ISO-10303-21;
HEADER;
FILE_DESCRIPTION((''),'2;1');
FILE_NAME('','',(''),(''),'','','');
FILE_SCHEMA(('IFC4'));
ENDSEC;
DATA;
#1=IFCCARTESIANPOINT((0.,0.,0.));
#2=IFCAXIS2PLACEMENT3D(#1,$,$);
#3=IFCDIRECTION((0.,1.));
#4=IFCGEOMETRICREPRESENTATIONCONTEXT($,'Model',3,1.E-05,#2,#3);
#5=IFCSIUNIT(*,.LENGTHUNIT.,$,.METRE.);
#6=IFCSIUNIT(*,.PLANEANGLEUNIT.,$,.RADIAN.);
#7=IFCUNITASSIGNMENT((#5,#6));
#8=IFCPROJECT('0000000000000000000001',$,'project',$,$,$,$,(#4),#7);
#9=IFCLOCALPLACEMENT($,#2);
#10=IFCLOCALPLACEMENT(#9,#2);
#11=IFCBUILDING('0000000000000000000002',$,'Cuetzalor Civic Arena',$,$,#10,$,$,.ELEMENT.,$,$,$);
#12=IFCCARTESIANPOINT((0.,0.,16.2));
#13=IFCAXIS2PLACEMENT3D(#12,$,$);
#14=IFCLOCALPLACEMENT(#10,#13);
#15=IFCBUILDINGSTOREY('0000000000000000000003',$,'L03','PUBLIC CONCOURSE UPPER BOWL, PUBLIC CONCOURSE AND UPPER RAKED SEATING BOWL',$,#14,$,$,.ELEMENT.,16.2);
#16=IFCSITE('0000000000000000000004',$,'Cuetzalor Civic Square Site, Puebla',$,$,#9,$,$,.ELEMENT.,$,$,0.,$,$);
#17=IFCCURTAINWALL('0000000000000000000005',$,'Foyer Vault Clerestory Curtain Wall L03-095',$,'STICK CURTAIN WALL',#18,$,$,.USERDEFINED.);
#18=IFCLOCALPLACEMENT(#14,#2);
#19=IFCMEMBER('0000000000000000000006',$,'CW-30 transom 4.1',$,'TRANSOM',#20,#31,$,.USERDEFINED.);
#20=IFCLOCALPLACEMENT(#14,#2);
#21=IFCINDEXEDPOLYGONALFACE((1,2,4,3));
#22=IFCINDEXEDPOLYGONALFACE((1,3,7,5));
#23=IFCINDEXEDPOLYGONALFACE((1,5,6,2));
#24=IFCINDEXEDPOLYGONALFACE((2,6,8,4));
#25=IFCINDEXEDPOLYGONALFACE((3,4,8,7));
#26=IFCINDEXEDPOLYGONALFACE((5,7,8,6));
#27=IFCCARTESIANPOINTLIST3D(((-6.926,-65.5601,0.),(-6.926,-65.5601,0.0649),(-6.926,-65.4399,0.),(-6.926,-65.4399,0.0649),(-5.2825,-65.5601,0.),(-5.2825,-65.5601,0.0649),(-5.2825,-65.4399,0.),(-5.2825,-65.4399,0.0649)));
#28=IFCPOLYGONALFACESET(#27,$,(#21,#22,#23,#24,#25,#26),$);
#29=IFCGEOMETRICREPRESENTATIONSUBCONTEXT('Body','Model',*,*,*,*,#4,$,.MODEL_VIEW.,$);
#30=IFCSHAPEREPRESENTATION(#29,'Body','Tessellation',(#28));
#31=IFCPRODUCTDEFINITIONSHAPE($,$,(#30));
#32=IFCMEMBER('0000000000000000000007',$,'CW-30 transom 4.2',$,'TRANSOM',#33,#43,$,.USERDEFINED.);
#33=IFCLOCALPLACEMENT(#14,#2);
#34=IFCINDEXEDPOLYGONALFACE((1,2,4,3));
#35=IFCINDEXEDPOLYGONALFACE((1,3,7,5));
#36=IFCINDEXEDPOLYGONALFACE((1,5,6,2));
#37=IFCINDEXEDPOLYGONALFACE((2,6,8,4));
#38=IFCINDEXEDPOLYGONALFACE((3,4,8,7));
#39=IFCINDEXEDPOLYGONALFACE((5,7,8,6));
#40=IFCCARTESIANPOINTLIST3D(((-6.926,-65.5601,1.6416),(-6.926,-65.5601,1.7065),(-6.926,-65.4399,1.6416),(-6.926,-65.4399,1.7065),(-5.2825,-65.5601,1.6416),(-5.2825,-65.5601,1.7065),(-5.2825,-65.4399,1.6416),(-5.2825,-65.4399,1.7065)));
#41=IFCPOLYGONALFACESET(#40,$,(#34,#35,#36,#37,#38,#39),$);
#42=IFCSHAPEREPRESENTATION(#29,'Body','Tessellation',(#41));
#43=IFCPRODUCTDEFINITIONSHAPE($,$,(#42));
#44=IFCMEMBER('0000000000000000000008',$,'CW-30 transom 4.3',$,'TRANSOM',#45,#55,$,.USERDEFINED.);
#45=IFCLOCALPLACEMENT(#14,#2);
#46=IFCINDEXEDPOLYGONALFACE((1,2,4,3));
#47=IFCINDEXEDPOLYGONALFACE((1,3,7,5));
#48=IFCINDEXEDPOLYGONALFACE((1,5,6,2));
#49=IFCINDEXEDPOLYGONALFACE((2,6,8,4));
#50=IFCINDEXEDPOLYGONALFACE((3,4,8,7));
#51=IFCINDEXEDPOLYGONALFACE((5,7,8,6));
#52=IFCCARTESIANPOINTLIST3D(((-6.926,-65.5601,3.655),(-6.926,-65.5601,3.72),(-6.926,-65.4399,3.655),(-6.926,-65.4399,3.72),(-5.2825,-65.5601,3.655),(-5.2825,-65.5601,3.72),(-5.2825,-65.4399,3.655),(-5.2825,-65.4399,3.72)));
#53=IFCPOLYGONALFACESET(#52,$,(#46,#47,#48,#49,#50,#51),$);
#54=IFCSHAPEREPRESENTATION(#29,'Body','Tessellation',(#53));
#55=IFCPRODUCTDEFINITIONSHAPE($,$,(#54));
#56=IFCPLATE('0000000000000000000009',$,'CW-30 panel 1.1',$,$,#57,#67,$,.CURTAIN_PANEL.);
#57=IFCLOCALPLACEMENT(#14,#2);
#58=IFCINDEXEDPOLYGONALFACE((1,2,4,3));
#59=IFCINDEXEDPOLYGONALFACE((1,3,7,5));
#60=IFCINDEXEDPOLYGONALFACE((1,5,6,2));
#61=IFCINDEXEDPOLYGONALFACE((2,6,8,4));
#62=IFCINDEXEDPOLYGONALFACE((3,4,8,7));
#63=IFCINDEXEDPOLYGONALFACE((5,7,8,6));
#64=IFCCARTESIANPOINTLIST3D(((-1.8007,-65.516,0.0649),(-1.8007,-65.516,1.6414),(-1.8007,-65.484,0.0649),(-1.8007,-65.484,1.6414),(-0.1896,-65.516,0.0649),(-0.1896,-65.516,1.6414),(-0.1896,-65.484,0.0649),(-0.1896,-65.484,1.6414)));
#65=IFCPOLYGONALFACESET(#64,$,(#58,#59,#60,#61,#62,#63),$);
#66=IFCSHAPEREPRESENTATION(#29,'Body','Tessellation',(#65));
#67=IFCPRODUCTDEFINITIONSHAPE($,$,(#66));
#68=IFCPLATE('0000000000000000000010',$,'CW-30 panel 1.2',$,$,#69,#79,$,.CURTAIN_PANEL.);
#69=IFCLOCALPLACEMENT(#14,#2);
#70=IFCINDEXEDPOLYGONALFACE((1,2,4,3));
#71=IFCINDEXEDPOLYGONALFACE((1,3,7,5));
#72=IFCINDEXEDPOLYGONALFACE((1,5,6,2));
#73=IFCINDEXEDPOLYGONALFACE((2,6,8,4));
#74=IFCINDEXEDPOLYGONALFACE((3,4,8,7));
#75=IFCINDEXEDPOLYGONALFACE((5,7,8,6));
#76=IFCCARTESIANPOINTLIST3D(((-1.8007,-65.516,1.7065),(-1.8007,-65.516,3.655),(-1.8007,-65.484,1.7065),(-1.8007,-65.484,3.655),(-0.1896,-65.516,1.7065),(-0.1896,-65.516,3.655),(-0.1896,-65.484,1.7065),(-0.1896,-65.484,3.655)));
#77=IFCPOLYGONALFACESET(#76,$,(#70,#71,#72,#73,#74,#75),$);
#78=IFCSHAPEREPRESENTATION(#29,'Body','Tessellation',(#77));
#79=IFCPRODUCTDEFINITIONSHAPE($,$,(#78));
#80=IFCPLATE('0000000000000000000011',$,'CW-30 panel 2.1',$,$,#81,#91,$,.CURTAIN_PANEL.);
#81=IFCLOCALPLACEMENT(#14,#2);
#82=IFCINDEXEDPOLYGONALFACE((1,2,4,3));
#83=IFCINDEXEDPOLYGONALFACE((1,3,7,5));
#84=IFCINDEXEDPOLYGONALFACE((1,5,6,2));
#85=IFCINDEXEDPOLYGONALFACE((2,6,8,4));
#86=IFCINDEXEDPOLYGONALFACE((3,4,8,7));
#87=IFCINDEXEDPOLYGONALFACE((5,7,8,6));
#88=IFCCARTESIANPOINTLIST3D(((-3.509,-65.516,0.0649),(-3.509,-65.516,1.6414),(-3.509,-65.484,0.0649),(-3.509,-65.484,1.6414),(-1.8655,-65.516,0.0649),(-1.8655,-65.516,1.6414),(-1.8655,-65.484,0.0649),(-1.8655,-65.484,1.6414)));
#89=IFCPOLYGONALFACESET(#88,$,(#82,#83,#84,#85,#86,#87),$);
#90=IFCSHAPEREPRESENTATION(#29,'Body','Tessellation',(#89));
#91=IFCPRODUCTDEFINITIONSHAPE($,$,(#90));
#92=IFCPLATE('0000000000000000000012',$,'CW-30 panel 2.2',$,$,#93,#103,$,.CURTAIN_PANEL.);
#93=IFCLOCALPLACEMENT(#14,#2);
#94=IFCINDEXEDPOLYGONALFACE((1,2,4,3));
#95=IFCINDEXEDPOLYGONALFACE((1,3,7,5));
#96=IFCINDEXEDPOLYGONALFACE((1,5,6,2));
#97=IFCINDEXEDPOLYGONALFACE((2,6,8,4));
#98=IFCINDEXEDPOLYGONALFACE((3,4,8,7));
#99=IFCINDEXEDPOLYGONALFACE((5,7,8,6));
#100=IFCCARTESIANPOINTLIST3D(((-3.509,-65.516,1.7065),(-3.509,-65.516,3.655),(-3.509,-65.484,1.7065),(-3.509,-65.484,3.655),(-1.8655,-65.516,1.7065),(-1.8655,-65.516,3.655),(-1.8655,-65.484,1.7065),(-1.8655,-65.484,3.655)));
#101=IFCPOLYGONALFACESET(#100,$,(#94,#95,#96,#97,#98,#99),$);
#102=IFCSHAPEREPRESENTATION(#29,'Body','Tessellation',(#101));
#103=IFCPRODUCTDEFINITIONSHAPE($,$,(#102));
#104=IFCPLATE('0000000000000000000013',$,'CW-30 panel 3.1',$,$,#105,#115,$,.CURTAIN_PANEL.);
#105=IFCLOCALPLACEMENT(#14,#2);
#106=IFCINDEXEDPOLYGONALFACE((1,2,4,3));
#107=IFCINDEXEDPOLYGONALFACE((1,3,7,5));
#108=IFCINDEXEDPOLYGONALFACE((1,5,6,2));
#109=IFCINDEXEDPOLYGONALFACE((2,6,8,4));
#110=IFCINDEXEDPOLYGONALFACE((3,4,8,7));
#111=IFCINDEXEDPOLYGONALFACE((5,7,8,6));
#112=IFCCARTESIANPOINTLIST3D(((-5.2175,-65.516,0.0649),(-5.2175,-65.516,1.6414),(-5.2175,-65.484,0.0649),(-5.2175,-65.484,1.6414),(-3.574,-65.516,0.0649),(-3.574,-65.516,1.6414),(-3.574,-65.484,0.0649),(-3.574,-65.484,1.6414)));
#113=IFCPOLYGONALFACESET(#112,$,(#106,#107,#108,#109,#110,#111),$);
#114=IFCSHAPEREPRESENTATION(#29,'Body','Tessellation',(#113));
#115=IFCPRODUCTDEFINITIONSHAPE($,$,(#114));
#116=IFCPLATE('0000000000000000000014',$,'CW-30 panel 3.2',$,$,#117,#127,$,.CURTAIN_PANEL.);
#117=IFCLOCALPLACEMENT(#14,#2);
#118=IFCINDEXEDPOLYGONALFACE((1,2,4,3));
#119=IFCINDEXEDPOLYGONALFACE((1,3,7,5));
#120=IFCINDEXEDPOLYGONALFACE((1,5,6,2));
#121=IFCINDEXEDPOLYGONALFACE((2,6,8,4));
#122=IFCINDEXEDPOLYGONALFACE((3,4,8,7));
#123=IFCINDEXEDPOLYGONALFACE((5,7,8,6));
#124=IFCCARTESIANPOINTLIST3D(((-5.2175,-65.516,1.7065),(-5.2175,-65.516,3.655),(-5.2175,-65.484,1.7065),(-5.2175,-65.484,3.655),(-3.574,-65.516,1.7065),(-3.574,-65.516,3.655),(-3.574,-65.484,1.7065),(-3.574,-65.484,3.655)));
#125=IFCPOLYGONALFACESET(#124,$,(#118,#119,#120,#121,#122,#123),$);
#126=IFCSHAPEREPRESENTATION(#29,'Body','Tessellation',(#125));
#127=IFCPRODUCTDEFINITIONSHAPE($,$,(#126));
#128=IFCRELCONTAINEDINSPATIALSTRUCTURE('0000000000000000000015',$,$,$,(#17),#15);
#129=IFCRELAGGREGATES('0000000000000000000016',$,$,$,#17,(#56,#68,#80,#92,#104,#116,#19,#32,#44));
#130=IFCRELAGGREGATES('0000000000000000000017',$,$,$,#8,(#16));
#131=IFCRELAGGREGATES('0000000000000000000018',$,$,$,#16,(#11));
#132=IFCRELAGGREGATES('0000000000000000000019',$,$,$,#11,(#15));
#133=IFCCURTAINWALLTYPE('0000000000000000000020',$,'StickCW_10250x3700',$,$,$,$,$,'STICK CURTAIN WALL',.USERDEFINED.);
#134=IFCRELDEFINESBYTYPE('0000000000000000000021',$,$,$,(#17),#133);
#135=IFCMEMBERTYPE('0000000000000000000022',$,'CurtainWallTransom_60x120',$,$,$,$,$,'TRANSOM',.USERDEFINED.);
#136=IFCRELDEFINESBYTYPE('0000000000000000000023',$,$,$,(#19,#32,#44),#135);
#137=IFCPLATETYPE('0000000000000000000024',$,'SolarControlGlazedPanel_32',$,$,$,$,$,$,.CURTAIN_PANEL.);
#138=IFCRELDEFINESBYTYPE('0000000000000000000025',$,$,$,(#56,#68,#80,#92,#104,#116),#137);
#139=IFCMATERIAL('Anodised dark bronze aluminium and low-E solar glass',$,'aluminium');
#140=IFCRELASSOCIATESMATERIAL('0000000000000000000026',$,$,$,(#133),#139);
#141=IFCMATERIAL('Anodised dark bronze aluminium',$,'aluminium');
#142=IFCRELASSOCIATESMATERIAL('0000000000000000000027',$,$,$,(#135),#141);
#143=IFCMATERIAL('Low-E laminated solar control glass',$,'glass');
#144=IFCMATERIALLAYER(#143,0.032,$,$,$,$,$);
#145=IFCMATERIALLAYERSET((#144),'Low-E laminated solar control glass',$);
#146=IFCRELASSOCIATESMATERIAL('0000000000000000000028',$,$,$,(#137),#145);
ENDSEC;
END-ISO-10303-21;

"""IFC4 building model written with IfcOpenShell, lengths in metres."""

from ifc_helpers import new_model, si_unit, direction, frame, origin, origin_2d, place, context, subcontext, project, spatial, rectangle, extrude, material, layer, layer_set, material_profile, profile_set, type_object, element, aggregate, save


model = new_model("IFC4")

# Units and contexts
model_context = context("Model", 3, precision=1e-05, world=origin(), true_north=direction((0.0, 1.0)))
body_context = subcontext(model_context, "Body", "Model", "MODEL_VIEW")
ifc_project = project(units=[si_unit("LENGTHUNIT", "METRE"), si_unit("PLANEANGLEUNIT", "RADIAN")], contexts=[model_context])

# Site, building, storey
site_placement = place(None, origin())
site = spatial("IfcSite", under=ifc_project, at=site_placement, Name="Cuetzalor Civic Square Site, Puebla", CompositionType="ELEMENT", RefElevation=0.0)
building_placement = place(site_placement, origin())
building = spatial("IfcBuilding", under=site, at=building_placement, Name="Cuetzalor Civic Arena", CompositionType="ELEMENT")
storey_placement = place(building_placement, frame((0.0, 0.0, 16.2)))
storey = spatial("IfcBuildingStorey", under=building, at=storey_placement, Name="L03", Description="PUBLIC CONCOURSE UPPER BOWL, PUBLIC CONCOURSE AND UPPER RAKED SEATING BOWL", CompositionType="ELEMENT", Elevation=16.2)

# Curtain wall, members, plates
ifc_material_1 = material(Name="Anodised dark bronze aluminium and low-E solar glass", Category="aluminium")
curtain_wall_type = type_object("IfcCurtainWallType", Name="StickCW_10250x3700", ElementType="STICK CURTAIN WALL", PredefinedType="USERDEFINED", material=ifc_material_1)
curtain_wall_placement = place(storey_placement, origin())
curtain_wall = element("IfcCurtainWall", 1, at=curtain_wall_placement, inside=storey, type_object=curtain_wall_type, Name="Foyer Vault Clerestory Curtain Wall L03-095", ObjectType="STICK CURTAIN WALL", PredefinedType="USERDEFINED")
ifc_material_2 = material(Name="Anodised dark bronze aluminium", Category="aluminium")
ifc_material_profile_1 = material_profile(ifc_material_2, rectangle(XDim=0.1201, YDim=0.0649, at=origin_2d()), Name="ALU TRANSOM 65x120")
ifc_profile_set_1 = profile_set([ifc_material_profile_1], Name="Anodised dark bronze aluminium")
member_type_1 = type_object("IfcMemberType", Name="CurtainWallTransom_60x120", ElementType="TRANSOM", PredefinedType="USERDEFINED", material=ifc_profile_set_1)
member_1_placement = place(storey_placement, frame((-5.2825, -65.5, 0.0325), z_axis=(-1.0, 0.0, 0.0), x_axis=(0.0, -1.0, 0.0)))
member_1 = element("IfcMember", 2, at=member_1_placement, type_object=member_type_1, Name="CW-30 transom 4.1", ObjectType="TRANSOM", PredefinedType="USERDEFINED", context=body_context, shape_type="SweptSolid", body=[
    extrude(rectangle(XDim=0.1201, YDim=0.0649, at=origin_2d()), origin(), (0.0, 0.0, 1.0), 1.6436),
])
member_2_placement = place(storey_placement, frame((-5.2825, -65.5, 1.6741), z_axis=(-1.0, 0.0, 0.0), x_axis=(0.0, -1.0, 0.0)))
member_2 = element("IfcMember", 3, at=member_2_placement, type_object=member_type_1, Name="CW-30 transom 4.2", ObjectType="TRANSOM", PredefinedType="USERDEFINED", context=body_context, shape_type="SweptSolid", body=[
    extrude(rectangle(XDim=0.1201, YDim=0.0649, at=origin_2d()), origin(), (0.0, 0.0, 1.0), 1.6436),
])
member_3_placement = place(storey_placement, frame((-5.2825, -65.5, 3.6875), z_axis=(-1.0, 0.0, 0.0), x_axis=(0.0, -1.0, 0.0)))
member_3 = element("IfcMember", 4, at=member_3_placement, type_object=member_type_1, Name="CW-30 transom 4.3", ObjectType="TRANSOM", PredefinedType="USERDEFINED", context=body_context, shape_type="SweptSolid", body=[
    extrude(rectangle(XDim=0.1201, YDim=0.0649, at=origin_2d()), origin(), (0.0, 0.0, 1.0), 1.6436),
])
ifc_material_3 = material(Name="Low-E laminated solar control glass", Category="glass")
ifc_layer = layer(ifc_material_3, 0.032)
ifc_layer_set = layer_set([ifc_layer], Name="Low-E laminated solar control glass")
plate_type = type_object("IfcPlateType", Name="SolarControlGlazedPanel_32", PredefinedType="CURTAIN_PANEL", material=ifc_layer_set)
plate_1_placement = place(storey_placement, frame((-0.9951, -65.5, 0.0649), z_axis=(0.0, 0.0, 1.0), x_axis=(-1.0, 0.0, 0.0)))
plate_1 = element("IfcPlate", 5, at=plate_1_placement, type_object=plate_type, Name="CW-30 panel 1.1", PredefinedType="CURTAIN_PANEL", context=body_context, shape_type="SweptSolid", body=[
    extrude(rectangle(XDim=1.6111, YDim=0.032, at=origin_2d()), origin(), (0.0, 0.0, 1.0), 1.5764),
])
plate_2_placement = place(storey_placement, frame((-0.9951, -65.5, 1.7065), z_axis=(0.0, 0.0, 1.0), x_axis=(-1.0, 0.0, 0.0)))
plate_2 = element("IfcPlate", 6, at=plate_2_placement, type_object=plate_type, Name="CW-30 panel 1.2", PredefinedType="CURTAIN_PANEL", context=body_context, shape_type="SweptSolid", body=[
    extrude(rectangle(XDim=1.6111, YDim=0.032, at=origin_2d()), origin(), (0.0, 0.0, 1.0), 1.9485),
])
plate_3_placement = place(storey_placement, frame((-2.6873, -65.5, 0.0649), z_axis=(0.0, 0.0, 1.0), x_axis=(-1.0, 0.0, 0.0)))
plate_3 = element("IfcPlate", 7, at=plate_3_placement, type_object=plate_type, Name="CW-30 panel 2.1", PredefinedType="CURTAIN_PANEL", context=body_context, shape_type="SweptSolid", body=[
    extrude(rectangle(XDim=1.6436, YDim=0.032, at=origin_2d()), origin(), (0.0, 0.0, 1.0), 1.5764),
])
plate_4_placement = place(storey_placement, frame((-2.6873, -65.5, 1.7065), z_axis=(0.0, 0.0, 1.0), x_axis=(-1.0, 0.0, 0.0)))
plate_4 = element("IfcPlate", 8, at=plate_4_placement, type_object=plate_type, Name="CW-30 panel 2.2", PredefinedType="CURTAIN_PANEL", context=body_context, shape_type="SweptSolid", body=[
    extrude(rectangle(XDim=1.6436, YDim=0.032, at=origin_2d()), origin(), (0.0, 0.0, 1.0), 1.9485),
])
plate_5_placement = place(storey_placement, frame((-4.3958, -65.5, 0.0649), z_axis=(0.0, 0.0, 1.0), x_axis=(-1.0, 0.0, 0.0)))
plate_5 = element("IfcPlate", 9, at=plate_5_placement, type_object=plate_type, Name="CW-30 panel 3.1", PredefinedType="CURTAIN_PANEL", context=body_context, shape_type="SweptSolid", body=[
    extrude(rectangle(XDim=1.6436, YDim=0.032, at=origin_2d()), origin(), (0.0, 0.0, 1.0), 1.5764),
])
plate_6_placement = place(storey_placement, frame((-4.3958, -65.5, 1.7065), z_axis=(0.0, 0.0, 1.0), x_axis=(-1.0, 0.0, 0.0)))
plate_6 = element("IfcPlate", 10, at=plate_6_placement, type_object=plate_type, Name="CW-30 panel 3.2", PredefinedType="CURTAIN_PANEL", context=body_context, shape_type="SweptSolid", body=[
    extrude(rectangle(XDim=1.6436, YDim=0.032, at=origin_2d()), origin(), (0.0, 0.0, 1.0), 1.9485),
])
aggregate(curtain_wall, [plate_1, plate_2, plate_3, plate_4, plate_5, plate_6, member_1, member_2, member_3])

save(model, "model.ifc")
